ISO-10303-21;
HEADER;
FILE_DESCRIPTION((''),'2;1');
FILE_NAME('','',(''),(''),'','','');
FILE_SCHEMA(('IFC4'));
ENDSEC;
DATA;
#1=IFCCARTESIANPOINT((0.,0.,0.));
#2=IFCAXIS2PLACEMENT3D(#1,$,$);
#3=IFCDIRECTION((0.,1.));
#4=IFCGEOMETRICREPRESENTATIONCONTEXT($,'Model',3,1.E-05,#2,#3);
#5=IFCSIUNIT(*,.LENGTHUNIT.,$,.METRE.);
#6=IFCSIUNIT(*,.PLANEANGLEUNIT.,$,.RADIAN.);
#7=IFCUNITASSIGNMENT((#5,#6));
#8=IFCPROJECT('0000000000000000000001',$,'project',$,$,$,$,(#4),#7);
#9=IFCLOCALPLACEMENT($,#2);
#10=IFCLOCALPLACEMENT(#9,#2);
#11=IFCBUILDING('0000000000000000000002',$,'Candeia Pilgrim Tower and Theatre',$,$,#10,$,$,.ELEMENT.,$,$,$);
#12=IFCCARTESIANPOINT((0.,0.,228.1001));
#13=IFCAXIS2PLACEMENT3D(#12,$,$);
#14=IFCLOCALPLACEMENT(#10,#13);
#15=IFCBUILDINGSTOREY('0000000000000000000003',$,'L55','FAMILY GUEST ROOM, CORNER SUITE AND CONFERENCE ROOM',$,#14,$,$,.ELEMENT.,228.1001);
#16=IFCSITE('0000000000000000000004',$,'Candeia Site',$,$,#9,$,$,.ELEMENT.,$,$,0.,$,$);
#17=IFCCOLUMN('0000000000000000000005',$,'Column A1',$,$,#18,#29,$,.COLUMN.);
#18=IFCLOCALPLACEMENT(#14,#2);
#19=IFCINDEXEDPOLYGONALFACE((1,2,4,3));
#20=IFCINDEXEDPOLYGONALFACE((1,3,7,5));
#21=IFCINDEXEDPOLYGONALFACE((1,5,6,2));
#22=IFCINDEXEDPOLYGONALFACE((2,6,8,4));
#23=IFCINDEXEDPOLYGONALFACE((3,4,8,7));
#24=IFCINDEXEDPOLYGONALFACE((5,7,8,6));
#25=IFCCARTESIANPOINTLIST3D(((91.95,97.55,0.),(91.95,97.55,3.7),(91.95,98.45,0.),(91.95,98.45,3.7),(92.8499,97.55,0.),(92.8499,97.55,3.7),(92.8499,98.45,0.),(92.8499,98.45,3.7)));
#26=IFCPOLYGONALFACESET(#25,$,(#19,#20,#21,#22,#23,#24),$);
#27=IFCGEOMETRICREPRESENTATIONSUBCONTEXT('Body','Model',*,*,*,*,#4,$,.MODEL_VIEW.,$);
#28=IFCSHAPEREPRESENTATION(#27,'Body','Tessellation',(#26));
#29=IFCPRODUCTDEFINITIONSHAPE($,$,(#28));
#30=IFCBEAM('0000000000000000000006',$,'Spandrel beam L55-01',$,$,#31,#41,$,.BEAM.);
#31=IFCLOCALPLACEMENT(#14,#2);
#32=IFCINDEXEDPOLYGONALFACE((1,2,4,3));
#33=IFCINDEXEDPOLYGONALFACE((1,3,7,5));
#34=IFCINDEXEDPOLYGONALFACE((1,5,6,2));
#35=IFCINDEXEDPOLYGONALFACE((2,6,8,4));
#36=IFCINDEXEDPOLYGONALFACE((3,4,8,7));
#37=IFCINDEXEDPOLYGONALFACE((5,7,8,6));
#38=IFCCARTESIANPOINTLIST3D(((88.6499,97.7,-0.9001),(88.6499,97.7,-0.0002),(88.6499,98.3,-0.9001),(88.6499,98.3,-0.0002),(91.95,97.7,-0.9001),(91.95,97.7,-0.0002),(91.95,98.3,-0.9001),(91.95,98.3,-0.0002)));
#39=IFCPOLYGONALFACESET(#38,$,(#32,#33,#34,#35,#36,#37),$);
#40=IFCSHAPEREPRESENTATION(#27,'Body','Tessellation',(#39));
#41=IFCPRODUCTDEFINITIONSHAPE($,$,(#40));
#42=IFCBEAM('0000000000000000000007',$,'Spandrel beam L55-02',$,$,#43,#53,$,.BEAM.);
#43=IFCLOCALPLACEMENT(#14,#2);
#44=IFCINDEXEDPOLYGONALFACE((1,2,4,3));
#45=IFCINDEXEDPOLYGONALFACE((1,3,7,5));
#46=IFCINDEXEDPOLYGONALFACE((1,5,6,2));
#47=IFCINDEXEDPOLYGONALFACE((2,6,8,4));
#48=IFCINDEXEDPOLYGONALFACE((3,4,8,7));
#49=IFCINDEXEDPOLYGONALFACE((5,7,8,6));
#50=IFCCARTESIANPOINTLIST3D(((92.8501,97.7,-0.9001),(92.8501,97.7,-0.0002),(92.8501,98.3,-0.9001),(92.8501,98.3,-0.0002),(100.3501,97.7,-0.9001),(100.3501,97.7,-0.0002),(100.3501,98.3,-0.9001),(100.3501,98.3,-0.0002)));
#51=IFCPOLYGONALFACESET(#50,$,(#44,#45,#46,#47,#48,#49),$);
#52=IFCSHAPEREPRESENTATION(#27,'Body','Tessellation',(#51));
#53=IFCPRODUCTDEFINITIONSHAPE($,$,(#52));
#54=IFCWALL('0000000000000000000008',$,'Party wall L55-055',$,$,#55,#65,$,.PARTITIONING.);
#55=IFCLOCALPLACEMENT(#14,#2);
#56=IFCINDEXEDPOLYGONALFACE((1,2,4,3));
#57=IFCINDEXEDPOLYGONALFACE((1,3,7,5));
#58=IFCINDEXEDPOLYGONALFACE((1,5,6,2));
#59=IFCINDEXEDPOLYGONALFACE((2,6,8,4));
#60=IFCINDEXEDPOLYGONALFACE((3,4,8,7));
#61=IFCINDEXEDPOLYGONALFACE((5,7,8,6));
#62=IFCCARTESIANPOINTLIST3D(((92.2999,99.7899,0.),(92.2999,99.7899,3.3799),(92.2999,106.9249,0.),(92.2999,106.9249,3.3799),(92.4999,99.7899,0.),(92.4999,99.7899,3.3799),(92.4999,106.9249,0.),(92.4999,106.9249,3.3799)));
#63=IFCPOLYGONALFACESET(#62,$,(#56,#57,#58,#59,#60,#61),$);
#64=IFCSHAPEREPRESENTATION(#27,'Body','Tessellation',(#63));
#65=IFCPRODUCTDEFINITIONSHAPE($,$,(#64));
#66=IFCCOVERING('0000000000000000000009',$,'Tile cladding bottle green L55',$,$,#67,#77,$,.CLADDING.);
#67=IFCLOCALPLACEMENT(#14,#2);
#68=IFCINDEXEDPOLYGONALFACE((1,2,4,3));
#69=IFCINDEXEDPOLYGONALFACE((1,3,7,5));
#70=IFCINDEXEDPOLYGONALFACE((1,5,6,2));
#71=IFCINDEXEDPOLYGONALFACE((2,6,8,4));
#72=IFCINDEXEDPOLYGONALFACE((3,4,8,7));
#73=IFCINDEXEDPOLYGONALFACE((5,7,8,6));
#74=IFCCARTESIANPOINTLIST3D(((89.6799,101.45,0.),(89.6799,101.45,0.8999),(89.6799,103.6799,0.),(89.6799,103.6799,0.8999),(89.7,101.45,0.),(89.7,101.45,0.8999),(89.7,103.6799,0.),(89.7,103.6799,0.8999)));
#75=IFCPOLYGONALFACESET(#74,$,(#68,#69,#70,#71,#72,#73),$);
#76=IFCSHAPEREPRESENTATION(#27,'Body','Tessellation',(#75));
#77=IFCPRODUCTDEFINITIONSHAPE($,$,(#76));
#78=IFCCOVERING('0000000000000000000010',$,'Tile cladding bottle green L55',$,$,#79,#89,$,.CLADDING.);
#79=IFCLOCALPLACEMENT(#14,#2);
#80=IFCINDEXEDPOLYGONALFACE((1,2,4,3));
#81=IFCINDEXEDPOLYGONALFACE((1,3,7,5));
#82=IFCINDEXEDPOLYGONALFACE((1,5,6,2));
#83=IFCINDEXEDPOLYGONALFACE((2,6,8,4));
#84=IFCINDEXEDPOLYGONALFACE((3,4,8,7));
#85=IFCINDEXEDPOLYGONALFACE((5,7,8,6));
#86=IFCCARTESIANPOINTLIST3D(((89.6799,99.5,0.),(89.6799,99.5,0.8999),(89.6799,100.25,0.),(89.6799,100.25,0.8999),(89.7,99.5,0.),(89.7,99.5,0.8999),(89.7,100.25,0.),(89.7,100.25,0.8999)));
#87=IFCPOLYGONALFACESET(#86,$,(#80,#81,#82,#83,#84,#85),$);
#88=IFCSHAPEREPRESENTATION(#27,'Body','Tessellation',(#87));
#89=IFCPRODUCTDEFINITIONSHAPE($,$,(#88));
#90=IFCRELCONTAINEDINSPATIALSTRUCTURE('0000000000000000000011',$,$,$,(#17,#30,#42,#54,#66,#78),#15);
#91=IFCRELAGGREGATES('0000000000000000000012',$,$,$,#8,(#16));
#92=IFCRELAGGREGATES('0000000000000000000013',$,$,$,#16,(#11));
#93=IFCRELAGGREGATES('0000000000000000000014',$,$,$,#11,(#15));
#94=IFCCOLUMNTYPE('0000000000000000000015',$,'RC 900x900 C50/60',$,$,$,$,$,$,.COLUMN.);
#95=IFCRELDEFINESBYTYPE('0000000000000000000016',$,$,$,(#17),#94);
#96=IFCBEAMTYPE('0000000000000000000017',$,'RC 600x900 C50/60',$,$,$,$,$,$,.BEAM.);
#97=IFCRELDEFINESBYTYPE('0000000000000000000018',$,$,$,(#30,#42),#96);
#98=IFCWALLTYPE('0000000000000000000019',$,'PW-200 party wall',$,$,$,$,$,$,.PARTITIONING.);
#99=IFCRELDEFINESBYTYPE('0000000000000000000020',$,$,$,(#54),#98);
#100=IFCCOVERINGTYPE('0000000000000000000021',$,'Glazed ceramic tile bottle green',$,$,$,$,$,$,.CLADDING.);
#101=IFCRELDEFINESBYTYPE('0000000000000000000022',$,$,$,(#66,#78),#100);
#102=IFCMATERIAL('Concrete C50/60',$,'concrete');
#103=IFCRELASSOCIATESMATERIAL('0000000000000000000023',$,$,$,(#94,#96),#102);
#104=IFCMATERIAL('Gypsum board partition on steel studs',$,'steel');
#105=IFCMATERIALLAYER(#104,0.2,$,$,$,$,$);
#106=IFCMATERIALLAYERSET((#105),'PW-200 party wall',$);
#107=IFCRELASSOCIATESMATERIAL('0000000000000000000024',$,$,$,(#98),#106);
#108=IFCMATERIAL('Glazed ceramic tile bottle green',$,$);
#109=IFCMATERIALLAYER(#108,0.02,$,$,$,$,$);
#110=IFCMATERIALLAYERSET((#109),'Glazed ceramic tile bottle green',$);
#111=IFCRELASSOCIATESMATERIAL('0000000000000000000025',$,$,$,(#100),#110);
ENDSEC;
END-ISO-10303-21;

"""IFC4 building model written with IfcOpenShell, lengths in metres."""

from ifc_helpers import new_model, si_unit, direction, frame, frame_2d, origin, origin_2d, place, context, subcontext, project, spatial, rectangle, extrude, material, layer, layer_set, material_profile, profile_set, type_object, element, save


model = new_model("IFC4")

# Units and contexts
model_context = context("Model", 3, precision=1e-05, world=origin(), true_north=direction((0.0, 1.0)))
body_context = subcontext(model_context, "Body", "Model", "MODEL_VIEW")
ifc_project = project(units=[si_unit("LENGTHUNIT", "METRE"), si_unit("PLANEANGLEUNIT", "RADIAN")], contexts=[model_context])

# Site, building, storey
site_placement = place(None, origin())
site = spatial("IfcSite", under=ifc_project, at=site_placement, Name="Candeia Site", CompositionType="ELEMENT", RefElevation=0.0)
building_placement = place(site_placement, origin())
building = spatial("IfcBuilding", under=site, at=building_placement, Name="Candeia Pilgrim Tower and Theatre", CompositionType="ELEMENT")
storey_placement = place(building_placement, frame((0.0, 0.0, 228.1001)))
storey = spatial("IfcBuildingStorey", under=building, at=storey_placement, Name="L55", Description="FAMILY GUEST ROOM, CORNER SUITE AND CONFERENCE ROOM", CompositionType="ELEMENT", Elevation=228.1001)

# Column
ifc_material_1 = material(Name="Concrete C50/60", Category="concrete")
ifc_material_profile_1 = material_profile(ifc_material_1, rectangle(XDim=0.8999, YDim=0.8999, at=origin_2d()))
ifc_profile_set_1 = profile_set([ifc_material_profile_1], Name="Concrete C50/60")
column_type = type_object("IfcColumnType", Name="RC 900x900 C50/60", PredefinedType="COLUMN", material=ifc_profile_set_1)
column_placement = place(storey_placement, frame((92.3999, 98.0, 0.0), z_axis=(0.0, 0.0, 1.0), x_axis=(1.0, 0.0, 0.0)))
element("IfcColumn", 1, at=column_placement, inside=storey, type_object=column_type, Name="Column A1", PredefinedType="COLUMN", context=body_context, shape_type="SweptSolid", body=[
    extrude(rectangle(XDim=0.8999, YDim=0.8999, at=origin_2d()), origin(), (0.0, 0.0, 1.0), 3.7),
])

# Beams
ifc_material_profile_2 = material_profile(ifc_material_1, rectangle(XDim=0.6001, YDim=0.8999, at=origin_2d()))
ifc_profile_set_2 = profile_set([ifc_material_profile_2], Name="Concrete C50/60")
beam_type = type_object("IfcBeamType", Name="RC 600x900 C50/60", PredefinedType="BEAM", material=ifc_profile_set_2)
beam_1_placement = place(storey_placement, frame((88.6499, 98.0, -0.4502), z_axis=(1.0, 0.0, 0.0), x_axis=(0.0, 1.0, 0.0)))
element("IfcBeam", 2, at=beam_1_placement, inside=storey, type_object=beam_type, Name="Spandrel beam L55-01", PredefinedType="BEAM", context=body_context, shape_type="SweptSolid", body=[
    extrude(rectangle(XDim=0.6001, YDim=0.8999, at=origin_2d()), origin(), (0.0, 0.0, 1.0), 3.3),
])
beam_2_placement = place(storey_placement, frame((92.8501, 98.0, -0.4502), z_axis=(1.0, 0.0, 0.0), x_axis=(0.0, 1.0, 0.0)))
element("IfcBeam", 3, at=beam_2_placement, inside=storey, type_object=beam_type, Name="Spandrel beam L55-02", PredefinedType="BEAM", context=body_context, shape_type="SweptSolid", body=[
    extrude(rectangle(XDim=0.6001, YDim=0.8999, at=origin_2d()), origin(), (0.0, 0.0, 1.0), 7.5),
])

# Wall
ifc_material_2 = material(Name="Gypsum board partition on steel studs", Category="steel")
ifc_layer_1 = layer(ifc_material_2, 0.2)
ifc_layer_set_1 = layer_set([ifc_layer_1], Name="PW-200 party wall")
wall_type_1 = type_object("IfcWallType", Name="PW-200 party wall", PredefinedType="PARTITIONING", material=ifc_layer_set_1)
wall_1_placement = place(storey_placement, frame((92.3999, 99.79, 0.0), z_axis=(0.0, 0.0, 1.0), x_axis=(0.0, 1.0, 0.0)))
element("IfcWall", 4, at=wall_1_placement, inside=storey, type_object=wall_type_1, Name="Party wall L55-055", PredefinedType="PARTITIONING", context=body_context, shape_type="SweptSolid", body=[
    extrude(rectangle(XDim=7.135, YDim=0.2, at=frame_2d((3.5674, 0.0))), origin(), (0.0, 0.0, 1.0), 3.3799),
])

# Coverings
ifc_material_3 = material(Name="Glazed ceramic tile bottle green")
ifc_layer_2 = layer(ifc_material_3, 0.02)
ifc_layer_set_2 = layer_set([ifc_layer_2], Name="Glazed ceramic tile bottle green")
covering_type = type_object("IfcCoveringType", Name="Glazed ceramic tile bottle green", PredefinedType="CLADDING", material=ifc_layer_set_2)
covering_1_placement = place(storey_placement, frame((89.6899, 102.5649, 0.0), z_axis=(0.0, 0.0, 1.0), x_axis=(0.0, -1.0, 0.0)))
element("IfcCovering", 5, at=covering_1_placement, inside=storey, type_object=covering_type, Name="Tile cladding bottle green L55", PredefinedType="CLADDING", context=body_context, shape_type="SweptSolid", body=[
    extrude(rectangle(XDim=2.23, YDim=0.02, at=origin_2d()), origin(), (0.0, 0.0, 1.0), 0.8999),
])
covering_2_placement = place(storey_placement, frame((89.6899, 99.875, 0.0), z_axis=(0.0, 0.0, 1.0), x_axis=(0.0, -1.0, 0.0)))
element("IfcCovering", 6, at=covering_2_placement, inside=storey, type_object=covering_type, Name="Tile cladding bottle green L55", PredefinedType="CLADDING", context=body_context, shape_type="SweptSolid", body=[
    extrude(rectangle(XDim=0.75, YDim=0.02, at=origin_2d()), origin(), (0.0, 0.0, 1.0), 0.8999),
])

save(model, "model.ifc")
